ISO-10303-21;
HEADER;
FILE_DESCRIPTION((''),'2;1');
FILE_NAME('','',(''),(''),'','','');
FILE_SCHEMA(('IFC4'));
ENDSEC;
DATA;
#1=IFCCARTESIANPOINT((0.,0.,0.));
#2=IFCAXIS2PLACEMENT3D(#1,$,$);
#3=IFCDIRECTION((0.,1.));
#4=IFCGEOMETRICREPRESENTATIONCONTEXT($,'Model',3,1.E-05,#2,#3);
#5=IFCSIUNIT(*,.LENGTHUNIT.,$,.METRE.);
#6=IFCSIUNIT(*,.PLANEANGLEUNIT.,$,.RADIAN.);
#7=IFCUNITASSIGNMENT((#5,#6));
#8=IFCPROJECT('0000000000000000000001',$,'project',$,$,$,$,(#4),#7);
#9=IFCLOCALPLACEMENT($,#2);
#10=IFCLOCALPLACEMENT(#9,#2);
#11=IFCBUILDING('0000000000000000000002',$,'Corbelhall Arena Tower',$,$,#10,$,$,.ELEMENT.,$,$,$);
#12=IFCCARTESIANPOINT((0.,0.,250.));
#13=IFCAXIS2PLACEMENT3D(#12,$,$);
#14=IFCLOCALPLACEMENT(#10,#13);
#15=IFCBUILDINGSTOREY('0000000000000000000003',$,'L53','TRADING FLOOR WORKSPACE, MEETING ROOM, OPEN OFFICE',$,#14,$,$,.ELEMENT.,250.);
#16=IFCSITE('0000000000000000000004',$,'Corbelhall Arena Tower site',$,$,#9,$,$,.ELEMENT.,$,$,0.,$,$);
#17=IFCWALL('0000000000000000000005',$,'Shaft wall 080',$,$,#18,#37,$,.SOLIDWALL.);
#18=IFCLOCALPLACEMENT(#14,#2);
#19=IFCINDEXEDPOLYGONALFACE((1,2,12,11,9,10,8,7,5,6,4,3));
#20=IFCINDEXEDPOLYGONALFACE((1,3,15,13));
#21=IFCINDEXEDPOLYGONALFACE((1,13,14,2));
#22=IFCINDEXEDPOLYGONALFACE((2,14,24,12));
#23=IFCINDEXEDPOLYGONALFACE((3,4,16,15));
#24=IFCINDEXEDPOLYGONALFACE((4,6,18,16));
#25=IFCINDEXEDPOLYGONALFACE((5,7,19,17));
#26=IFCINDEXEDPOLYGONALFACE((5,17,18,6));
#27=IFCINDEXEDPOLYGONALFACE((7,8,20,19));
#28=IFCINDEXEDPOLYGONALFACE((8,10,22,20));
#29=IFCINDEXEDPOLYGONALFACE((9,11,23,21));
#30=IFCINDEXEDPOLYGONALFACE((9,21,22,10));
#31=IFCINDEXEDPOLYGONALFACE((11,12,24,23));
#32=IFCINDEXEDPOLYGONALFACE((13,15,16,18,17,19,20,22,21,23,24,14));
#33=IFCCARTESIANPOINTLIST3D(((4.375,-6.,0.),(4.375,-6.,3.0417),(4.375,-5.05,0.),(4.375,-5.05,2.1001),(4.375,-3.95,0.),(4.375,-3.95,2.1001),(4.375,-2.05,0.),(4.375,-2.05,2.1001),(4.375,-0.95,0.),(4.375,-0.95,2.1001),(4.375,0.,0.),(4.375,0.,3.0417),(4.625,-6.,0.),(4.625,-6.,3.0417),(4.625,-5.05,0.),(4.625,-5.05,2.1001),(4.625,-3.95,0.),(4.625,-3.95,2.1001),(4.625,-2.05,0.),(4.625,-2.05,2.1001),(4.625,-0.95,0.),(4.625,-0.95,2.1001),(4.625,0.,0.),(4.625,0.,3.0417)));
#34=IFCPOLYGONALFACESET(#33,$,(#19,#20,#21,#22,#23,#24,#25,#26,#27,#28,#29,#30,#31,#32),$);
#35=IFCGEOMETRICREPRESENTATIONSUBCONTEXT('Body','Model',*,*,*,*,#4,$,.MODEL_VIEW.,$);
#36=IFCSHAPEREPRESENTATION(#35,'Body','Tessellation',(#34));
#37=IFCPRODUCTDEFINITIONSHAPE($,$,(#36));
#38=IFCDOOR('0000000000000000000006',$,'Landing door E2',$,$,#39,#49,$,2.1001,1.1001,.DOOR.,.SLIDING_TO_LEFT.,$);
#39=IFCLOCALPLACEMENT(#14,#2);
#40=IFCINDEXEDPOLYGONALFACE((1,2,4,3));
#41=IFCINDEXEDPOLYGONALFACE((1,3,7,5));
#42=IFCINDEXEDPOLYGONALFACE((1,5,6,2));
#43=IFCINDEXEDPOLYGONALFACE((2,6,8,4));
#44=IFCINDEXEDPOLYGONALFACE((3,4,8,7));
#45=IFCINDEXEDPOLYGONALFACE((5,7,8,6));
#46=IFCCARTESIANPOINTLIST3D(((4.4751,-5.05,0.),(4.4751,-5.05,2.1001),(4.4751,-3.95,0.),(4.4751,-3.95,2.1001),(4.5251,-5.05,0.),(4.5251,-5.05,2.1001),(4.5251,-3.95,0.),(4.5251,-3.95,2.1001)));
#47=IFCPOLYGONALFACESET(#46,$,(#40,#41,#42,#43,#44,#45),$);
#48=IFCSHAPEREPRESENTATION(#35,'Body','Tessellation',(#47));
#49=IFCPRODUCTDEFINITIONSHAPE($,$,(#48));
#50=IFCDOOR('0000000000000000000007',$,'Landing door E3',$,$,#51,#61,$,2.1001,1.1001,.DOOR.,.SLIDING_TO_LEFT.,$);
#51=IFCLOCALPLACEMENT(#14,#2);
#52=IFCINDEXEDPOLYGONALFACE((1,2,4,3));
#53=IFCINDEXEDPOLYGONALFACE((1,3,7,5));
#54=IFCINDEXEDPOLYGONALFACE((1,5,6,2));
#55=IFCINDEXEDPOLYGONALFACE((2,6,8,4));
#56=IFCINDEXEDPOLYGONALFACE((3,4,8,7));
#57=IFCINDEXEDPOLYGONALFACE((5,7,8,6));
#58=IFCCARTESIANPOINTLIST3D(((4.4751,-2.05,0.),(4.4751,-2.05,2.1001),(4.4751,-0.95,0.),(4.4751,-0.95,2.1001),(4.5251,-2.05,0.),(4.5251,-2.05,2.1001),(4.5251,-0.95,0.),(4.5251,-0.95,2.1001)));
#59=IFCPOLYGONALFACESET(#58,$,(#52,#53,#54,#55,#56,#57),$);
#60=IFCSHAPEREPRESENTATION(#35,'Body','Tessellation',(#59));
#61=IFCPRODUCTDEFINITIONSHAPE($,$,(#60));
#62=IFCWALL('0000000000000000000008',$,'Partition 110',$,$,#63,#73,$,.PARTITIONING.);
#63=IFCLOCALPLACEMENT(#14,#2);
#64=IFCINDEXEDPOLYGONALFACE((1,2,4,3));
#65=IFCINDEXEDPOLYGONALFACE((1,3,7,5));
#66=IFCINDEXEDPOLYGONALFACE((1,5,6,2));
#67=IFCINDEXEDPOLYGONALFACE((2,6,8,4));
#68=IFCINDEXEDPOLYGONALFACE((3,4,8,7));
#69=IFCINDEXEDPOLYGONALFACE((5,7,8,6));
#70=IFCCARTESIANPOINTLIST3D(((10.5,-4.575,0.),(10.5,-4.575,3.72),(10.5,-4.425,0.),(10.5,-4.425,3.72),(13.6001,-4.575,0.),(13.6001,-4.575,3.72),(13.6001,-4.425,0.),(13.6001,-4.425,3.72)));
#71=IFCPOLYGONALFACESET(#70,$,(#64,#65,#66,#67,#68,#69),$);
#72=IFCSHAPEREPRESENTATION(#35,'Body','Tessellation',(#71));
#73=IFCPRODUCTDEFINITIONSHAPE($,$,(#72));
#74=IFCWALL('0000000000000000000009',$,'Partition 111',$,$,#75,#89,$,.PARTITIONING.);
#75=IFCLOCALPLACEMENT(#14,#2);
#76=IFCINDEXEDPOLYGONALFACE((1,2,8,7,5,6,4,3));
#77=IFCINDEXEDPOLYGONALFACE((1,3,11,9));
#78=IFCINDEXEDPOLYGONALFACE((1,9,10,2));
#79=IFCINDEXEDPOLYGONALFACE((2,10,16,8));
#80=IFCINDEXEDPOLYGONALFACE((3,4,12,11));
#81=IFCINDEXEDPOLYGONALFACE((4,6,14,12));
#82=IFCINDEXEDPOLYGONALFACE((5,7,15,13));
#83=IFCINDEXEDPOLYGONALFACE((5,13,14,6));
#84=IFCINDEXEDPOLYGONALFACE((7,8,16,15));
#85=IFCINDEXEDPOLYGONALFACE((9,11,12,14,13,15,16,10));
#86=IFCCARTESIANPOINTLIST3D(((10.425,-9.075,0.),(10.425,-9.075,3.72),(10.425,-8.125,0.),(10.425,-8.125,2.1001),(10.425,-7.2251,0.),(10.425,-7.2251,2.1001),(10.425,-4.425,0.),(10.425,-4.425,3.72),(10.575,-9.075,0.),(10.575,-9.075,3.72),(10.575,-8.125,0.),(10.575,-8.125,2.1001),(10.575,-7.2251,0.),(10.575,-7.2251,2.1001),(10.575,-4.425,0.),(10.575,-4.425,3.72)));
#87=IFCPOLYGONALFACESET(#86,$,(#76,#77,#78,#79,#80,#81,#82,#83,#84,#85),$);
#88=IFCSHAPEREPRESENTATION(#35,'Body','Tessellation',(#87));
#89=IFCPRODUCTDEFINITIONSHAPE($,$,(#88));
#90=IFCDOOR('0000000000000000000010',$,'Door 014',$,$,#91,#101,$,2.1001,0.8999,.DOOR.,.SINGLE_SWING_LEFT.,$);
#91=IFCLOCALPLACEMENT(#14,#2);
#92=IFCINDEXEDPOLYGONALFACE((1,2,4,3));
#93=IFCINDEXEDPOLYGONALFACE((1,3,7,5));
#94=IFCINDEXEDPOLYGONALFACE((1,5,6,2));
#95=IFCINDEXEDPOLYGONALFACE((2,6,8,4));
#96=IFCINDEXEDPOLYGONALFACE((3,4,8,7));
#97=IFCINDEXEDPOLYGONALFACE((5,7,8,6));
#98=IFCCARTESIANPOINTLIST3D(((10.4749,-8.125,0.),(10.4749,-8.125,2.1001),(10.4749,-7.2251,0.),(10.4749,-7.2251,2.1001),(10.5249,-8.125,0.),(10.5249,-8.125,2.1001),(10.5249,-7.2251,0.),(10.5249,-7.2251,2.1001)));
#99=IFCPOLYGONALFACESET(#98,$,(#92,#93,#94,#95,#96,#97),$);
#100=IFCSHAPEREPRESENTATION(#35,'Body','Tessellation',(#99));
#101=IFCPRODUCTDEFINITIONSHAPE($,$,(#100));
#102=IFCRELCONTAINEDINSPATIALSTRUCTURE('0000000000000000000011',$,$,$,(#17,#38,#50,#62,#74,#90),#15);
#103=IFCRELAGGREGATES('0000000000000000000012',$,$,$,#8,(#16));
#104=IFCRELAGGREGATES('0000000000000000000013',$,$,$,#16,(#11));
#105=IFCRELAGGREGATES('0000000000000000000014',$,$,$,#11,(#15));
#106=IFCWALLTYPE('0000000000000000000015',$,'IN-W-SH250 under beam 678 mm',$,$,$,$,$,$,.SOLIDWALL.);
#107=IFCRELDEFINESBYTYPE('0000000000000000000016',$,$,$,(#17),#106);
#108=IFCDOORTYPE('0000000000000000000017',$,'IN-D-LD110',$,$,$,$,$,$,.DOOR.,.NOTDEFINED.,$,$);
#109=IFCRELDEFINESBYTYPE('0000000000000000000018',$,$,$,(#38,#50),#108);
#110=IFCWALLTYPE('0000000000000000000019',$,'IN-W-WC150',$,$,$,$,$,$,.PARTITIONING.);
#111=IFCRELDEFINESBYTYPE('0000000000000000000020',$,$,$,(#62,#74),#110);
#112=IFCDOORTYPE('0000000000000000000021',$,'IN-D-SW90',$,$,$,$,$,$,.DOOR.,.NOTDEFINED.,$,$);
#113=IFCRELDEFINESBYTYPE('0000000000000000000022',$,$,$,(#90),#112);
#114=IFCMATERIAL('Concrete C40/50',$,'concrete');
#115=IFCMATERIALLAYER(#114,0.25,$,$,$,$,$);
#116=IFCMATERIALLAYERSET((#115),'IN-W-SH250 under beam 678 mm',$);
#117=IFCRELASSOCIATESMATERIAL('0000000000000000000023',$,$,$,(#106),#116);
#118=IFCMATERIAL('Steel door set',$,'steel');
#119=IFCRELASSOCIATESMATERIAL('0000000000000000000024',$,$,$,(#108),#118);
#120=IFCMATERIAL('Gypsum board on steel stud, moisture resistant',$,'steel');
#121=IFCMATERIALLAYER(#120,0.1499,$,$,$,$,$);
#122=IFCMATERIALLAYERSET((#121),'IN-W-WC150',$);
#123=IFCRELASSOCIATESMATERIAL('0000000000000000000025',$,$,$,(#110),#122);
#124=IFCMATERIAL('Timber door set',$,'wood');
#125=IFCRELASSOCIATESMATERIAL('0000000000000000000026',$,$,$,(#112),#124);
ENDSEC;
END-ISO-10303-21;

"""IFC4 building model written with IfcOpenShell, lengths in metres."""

from ifc_helpers import new_model, si_unit, direction, frame, frame_2d, origin, place, context, subcontext, project, spatial, rectangle, extrude, material, layer, layer_set, type_object, element, fill, save


model = new_model("IFC4")

# Units and contexts
model_context = context("Model", 3, precision=1e-05, world=origin(), true_north=direction((0.0, 1.0)))
body_context = subcontext(model_context, "Body", "Model", "MODEL_VIEW")
ifc_project = project(units=[si_unit("LENGTHUNIT", "METRE"), si_unit("PLANEANGLEUNIT", "RADIAN")], contexts=[model_context])

# Site, building, storey
site_placement = place(None, origin())
site = spatial("IfcSite", under=ifc_project, at=site_placement, Name="Corbelhall Arena Tower site", CompositionType="ELEMENT", RefElevation=0.0)
building_placement = place(site_placement, origin())
building = spatial("IfcBuilding", under=site, at=building_placement, Name="Corbelhall Arena Tower", CompositionType="ELEMENT")
storey_placement = place(building_placement, frame((0.0, 0.0, 250.0)))
storey = spatial("IfcBuildingStorey", under=building, at=storey_placement, Name="L53", Description="TRADING FLOOR WORKSPACE, MEETING ROOM, OPEN OFFICE", CompositionType="ELEMENT", Elevation=250.0)

# Shared definitions
ifc_material_1 = material(Name="Concrete C40/50", Category="concrete")

# Shared definitions
ifc_material_2 = material(Name="Steel door set", Category="steel")

# Wall, openings, doors
ifc_layer_1 = layer(ifc_material_1, 0.25)
ifc_layer_set_1 = layer_set([ifc_layer_1], Name="IN-W-SH250 under beam 678 mm")
wall_type_1 = type_object("IfcWallType", Name="IN-W-SH250 under beam 678 mm", PredefinedType="SOLIDWALL", material=ifc_layer_set_1)
wall_1_placement = place(storey_placement, frame((4.5, -6.0, 0.0), z_axis=(0.0, 0.0, 1.0), x_axis=(0.0, 1.0, 0.0)))
wall_1 = element("IfcWall", 1, at=wall_1_placement, inside=storey, type_object=wall_type_1, Name="Shaft wall 080", PredefinedType="SOLIDWALL", context=body_context, shape_type="SweptSolid", body=[
    extrude(rectangle(XDim=6.0, YDim=0.25, at=frame_2d((3.0, 0.0))), origin(), (0.0, 0.0, 1.0), 3.0417),
])
opening_1_placement = place(wall_1_placement, frame((0.95, 0.0, 0.0)))
opening_1 = element("IfcOpeningElement", 2, at=opening_1_placement, cuts=wall_1, PredefinedType="OPENING", context=body_context, shape_type="SweptSolid", body=[
    extrude(rectangle(XDim=1.1001, YDim=2.1001, at=frame_2d((0.55, 1.05))), frame((0.0, 0.125, 0.0), z_axis=(0.0, -1.0, 0.0), x_axis=(1.0, 0.0, 0.0)), (0.0, 0.0, 1.0), 0.25),
])
opening_2_placement = place(wall_1_placement, frame((3.95, 0.0, 0.0)))
opening_2 = element("IfcOpeningElement", 3, at=opening_2_placement, cuts=wall_1, PredefinedType="OPENING", context=body_context, shape_type="SweptSolid", body=[
    extrude(rectangle(XDim=1.1001, YDim=2.1001, at=frame_2d((0.55, 1.05))), frame((0.0, 0.125, 0.0), z_axis=(0.0, -1.0, 0.0), x_axis=(1.0, 0.0, 0.0)), (0.0, 0.0, 1.0), 0.25),
])
door_type_1 = type_object("IfcDoorType", Name="IN-D-LD110", OperationType="NOTDEFINED", PredefinedType="DOOR", material=ifc_material_2)
door_1_placement = place(opening_1_placement, origin())
door_1 = element("IfcDoor", 4, at=door_1_placement, inside=storey, type_object=door_type_1, Name="Landing door E2", OperationType="SLIDING_TO_LEFT", OverallHeight=2.1001, OverallWidth=1.1001, PredefinedType="DOOR", context=body_context, shape_type="SweptSolid", body=[
    extrude(rectangle(XDim=1.1001, YDim=2.1001, at=frame_2d((0.55, 1.05))), frame((0.0, 0.0249, 0.0), z_axis=(0.0, -1.0, 0.0), x_axis=(1.0, 0.0, 0.0)), (0.0, 0.0, 1.0), 0.05),
])
fill(opening_1, door_1)
door_2_placement = place(opening_2_placement, origin())
door_2 = element("IfcDoor", 5, at=door_2_placement, inside=storey, type_object=door_type_1, Name="Landing door E3", OperationType="SLIDING_TO_LEFT", OverallHeight=2.1001, OverallWidth=1.1001, PredefinedType="DOOR", context=body_context, shape_type="SweptSolid", body=[
    extrude(rectangle(XDim=1.1001, YDim=2.1001, at=frame_2d((0.55, 1.05))), frame((0.0, 0.0249, 0.0), z_axis=(0.0, -1.0, 0.0), x_axis=(1.0, 0.0, 0.0)), (0.0, 0.0, 1.0), 0.05),
])
fill(opening_2, door_2)

# Wall
ifc_material_3 = material(Name="Gypsum board on steel stud, moisture resistant", Category="steel")
ifc_layer_2 = layer(ifc_material_3, 0.1499)
ifc_layer_set_2 = layer_set([ifc_layer_2], Name="IN-W-WC150")
wall_type_2 = type_object("IfcWallType", Name="IN-W-WC150", PredefinedType="PARTITIONING", material=ifc_layer_set_2)
wall_2_placement = place(storey_placement, frame((10.5, -4.5, 0.0), z_axis=(0.0, 0.0, 1.0), x_axis=(1.0, 0.0, 0.0)))
element("IfcWall", 6, at=wall_2_placement, inside=storey, type_object=wall_type_2, Name="Partition 110", PredefinedType="PARTITIONING", context=body_context, shape_type="SweptSolid", body=[
    extrude(rectangle(XDim=3.1001, YDim=0.1499, at=frame_2d((1.55, 0.0))), origin(), (0.0, 0.0, 1.0), 3.72),
])

# Wall, opening, door
wall_3_placement = place(storey_placement, frame((10.5, -4.425, 0.0), z_axis=(0.0, 0.0, 1.0), x_axis=(0.0, -1.0, 0.0)))
wall_3 = element("IfcWall", 7, at=wall_3_placement, inside=storey, type_object=wall_type_2, Name="Partition 111", PredefinedType="PARTITIONING", context=body_context, shape_type="SweptSolid", body=[
    extrude(rectangle(XDim=4.6499, YDim=0.1499, at=frame_2d((2.325, 0.0))), origin(), (0.0, 0.0, 1.0), 3.72),
])
opening_3_placement = place(wall_3_placement, frame((2.8, 0.0, 0.0)))
opening_3 = element("IfcOpeningElement", 8, at=opening_3_placement, cuts=wall_3, PredefinedType="OPENING", context=body_context, shape_type="SweptSolid", body=[
    extrude(rectangle(XDim=0.8999, YDim=2.1001, at=frame_2d((0.45, 1.05))), frame((0.0, 0.075, 0.0), z_axis=(0.0, -1.0, 0.0), x_axis=(1.0, 0.0, 0.0)), (0.0, 0.0, 1.0), 0.1499),
])
ifc_material_4 = material(Name="Timber door set", Category="wood")
door_type_2 = type_object("IfcDoorType", Name="IN-D-SW90", OperationType="NOTDEFINED", PredefinedType="DOOR", material=ifc_material_4)
door_3_placement = place(opening_3_placement, origin())
door_3 = element("IfcDoor", 9, at=door_3_placement, inside=storey, type_object=door_type_2, Name="Door 014", OperationType="SINGLE_SWING_LEFT", OverallHeight=2.1001, OverallWidth=0.8999, PredefinedType="DOOR", context=body_context, shape_type="SweptSolid", body=[
    extrude(rectangle(XDim=0.8999, YDim=2.1001, at=frame_2d((0.45, 1.05))), frame((0.0, 0.0249, 0.0), z_axis=(0.0, -1.0, 0.0), x_axis=(1.0, 0.0, 0.0)), (0.0, 0.0, 1.0), 0.05),
])
fill(opening_3, door_3)

save(model, "model.ifc")
